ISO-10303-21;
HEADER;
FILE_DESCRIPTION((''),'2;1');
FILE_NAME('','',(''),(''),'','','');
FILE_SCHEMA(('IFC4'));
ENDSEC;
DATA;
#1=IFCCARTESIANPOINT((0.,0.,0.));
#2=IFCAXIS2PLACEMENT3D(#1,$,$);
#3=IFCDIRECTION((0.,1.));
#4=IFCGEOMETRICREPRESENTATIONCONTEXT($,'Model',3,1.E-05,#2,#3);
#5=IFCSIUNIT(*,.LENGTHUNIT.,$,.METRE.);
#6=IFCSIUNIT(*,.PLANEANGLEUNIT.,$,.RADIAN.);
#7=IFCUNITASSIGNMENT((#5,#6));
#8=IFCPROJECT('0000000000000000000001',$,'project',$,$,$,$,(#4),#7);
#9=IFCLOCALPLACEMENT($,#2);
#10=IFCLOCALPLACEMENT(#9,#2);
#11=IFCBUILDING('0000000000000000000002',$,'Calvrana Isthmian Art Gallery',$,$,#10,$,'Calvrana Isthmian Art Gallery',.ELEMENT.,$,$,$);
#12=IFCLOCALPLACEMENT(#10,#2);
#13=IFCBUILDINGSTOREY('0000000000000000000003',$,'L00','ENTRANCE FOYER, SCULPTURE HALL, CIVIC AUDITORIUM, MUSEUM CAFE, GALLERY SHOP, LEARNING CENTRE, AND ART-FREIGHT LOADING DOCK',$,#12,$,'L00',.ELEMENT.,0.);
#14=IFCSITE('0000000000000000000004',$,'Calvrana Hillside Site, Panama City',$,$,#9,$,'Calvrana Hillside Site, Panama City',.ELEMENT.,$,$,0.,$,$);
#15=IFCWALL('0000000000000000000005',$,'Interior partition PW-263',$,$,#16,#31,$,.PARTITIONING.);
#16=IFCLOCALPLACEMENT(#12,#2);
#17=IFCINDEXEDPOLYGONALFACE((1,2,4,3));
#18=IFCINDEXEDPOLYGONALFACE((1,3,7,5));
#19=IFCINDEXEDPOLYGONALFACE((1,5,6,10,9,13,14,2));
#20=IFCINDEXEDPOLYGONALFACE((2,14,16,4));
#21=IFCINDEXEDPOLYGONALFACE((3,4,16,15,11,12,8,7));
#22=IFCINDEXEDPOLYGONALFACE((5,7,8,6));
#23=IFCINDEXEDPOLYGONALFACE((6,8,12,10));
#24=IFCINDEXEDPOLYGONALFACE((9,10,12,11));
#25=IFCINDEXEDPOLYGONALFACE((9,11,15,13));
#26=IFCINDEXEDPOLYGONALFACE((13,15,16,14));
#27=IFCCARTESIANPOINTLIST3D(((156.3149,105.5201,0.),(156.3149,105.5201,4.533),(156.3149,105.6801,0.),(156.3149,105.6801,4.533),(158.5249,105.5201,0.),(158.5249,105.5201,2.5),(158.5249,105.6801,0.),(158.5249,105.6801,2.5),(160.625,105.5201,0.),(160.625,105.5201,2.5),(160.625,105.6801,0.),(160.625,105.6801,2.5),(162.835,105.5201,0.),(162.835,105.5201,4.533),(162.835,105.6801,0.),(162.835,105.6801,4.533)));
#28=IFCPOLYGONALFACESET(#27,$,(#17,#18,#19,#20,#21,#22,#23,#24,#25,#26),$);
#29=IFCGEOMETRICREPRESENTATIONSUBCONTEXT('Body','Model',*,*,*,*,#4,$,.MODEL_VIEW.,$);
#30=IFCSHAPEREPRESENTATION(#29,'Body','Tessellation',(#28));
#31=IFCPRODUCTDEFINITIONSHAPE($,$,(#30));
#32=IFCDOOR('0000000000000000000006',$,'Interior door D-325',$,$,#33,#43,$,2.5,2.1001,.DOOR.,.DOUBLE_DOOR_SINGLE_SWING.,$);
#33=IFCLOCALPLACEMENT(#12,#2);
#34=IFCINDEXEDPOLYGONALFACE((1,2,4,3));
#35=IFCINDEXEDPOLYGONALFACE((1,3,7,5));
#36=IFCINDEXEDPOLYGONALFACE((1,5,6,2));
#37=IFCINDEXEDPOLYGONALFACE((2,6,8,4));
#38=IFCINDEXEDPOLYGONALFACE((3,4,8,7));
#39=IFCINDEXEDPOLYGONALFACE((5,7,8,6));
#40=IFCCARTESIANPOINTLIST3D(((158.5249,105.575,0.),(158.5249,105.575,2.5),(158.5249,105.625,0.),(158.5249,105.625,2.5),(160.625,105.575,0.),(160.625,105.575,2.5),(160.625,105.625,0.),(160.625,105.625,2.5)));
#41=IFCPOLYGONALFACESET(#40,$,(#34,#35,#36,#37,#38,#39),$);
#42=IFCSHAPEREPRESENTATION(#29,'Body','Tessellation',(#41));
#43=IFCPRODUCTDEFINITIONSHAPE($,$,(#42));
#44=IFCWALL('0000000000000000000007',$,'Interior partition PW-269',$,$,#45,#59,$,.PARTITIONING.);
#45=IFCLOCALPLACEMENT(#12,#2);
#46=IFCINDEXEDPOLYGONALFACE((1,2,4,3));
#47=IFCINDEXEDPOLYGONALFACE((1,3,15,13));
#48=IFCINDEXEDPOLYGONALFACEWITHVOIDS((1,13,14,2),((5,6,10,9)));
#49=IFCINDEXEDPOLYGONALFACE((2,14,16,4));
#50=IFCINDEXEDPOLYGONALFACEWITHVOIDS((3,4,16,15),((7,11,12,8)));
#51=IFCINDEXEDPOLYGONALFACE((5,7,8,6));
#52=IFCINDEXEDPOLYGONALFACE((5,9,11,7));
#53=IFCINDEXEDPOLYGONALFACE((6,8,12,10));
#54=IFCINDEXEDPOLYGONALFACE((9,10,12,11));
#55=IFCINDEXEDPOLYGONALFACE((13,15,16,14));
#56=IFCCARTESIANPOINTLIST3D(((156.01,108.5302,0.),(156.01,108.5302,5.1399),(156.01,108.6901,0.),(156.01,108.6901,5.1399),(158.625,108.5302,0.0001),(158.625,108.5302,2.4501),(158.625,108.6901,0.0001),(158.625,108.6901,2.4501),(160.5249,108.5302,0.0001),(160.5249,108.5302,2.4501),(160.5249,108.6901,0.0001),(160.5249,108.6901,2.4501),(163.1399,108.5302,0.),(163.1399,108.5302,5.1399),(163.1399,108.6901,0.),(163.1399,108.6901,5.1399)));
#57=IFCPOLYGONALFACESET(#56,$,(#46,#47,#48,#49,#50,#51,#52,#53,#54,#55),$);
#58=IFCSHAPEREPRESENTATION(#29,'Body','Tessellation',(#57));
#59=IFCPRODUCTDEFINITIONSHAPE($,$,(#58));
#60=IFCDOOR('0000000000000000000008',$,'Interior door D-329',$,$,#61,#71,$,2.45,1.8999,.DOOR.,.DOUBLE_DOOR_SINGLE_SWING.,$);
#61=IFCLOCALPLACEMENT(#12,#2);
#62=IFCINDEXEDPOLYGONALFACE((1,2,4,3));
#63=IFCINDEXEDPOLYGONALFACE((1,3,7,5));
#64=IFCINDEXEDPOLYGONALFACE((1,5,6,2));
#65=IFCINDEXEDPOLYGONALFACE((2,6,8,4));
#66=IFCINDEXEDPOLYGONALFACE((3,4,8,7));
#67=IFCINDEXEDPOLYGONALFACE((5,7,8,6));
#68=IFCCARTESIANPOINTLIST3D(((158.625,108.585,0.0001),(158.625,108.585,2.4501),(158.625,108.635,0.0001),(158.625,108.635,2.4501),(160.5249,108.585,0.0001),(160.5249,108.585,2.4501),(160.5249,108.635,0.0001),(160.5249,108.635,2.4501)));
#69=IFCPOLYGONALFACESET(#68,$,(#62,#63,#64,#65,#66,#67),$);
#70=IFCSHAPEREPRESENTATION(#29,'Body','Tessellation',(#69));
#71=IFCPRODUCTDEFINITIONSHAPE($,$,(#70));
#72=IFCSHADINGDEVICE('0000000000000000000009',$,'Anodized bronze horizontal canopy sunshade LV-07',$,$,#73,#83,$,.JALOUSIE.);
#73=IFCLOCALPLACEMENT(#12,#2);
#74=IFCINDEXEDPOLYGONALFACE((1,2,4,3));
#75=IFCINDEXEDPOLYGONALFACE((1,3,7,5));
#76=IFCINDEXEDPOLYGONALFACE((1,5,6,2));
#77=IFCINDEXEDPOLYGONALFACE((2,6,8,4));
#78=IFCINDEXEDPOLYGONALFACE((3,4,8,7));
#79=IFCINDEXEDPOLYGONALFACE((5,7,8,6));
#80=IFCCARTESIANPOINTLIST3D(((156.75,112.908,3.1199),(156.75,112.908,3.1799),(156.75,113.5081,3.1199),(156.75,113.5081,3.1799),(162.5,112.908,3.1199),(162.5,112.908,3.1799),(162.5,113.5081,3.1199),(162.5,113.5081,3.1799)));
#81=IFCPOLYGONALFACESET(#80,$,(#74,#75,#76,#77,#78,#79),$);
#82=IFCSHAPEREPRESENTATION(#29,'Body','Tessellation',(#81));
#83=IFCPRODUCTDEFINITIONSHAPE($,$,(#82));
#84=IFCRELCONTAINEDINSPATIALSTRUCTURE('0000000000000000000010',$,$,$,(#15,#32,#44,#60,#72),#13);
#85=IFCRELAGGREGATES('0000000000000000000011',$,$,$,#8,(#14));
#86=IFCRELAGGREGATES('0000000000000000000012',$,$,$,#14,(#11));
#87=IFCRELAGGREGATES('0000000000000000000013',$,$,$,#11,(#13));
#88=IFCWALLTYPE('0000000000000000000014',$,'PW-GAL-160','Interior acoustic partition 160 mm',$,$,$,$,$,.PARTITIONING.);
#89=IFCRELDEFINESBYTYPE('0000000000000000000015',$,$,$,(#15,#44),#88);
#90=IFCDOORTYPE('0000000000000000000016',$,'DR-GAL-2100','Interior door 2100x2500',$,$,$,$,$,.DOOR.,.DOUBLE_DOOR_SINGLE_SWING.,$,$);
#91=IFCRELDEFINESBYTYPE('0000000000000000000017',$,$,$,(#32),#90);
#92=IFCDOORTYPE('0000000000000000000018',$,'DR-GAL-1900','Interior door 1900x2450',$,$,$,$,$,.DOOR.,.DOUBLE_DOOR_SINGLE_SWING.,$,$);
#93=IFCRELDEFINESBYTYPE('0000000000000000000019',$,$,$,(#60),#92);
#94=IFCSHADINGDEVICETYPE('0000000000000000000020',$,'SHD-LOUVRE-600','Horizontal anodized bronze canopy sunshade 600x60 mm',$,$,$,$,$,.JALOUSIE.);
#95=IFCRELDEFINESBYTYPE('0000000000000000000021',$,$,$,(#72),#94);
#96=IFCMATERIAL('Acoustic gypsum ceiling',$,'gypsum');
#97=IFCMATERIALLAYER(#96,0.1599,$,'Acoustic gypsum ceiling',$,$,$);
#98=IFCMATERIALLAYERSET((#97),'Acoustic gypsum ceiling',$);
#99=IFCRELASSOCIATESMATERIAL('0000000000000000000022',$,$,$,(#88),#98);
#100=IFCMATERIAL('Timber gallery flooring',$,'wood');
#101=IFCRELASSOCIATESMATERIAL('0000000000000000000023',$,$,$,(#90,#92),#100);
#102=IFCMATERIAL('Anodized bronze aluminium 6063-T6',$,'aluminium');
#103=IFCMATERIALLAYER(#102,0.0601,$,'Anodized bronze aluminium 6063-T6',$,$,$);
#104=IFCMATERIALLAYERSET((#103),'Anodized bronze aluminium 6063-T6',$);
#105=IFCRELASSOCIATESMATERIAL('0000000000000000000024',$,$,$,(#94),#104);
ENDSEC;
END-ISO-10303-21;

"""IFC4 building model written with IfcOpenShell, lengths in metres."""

from ifc_helpers import new_model, si_unit, direction, frame, frame_2d, origin, origin_2d, place, context, subcontext, project, spatial, rectangle, extrude, material, layer, layer_set, type_object, element, fill, save


model = new_model("IFC4")

# Units and contexts
model_context = context("Model", 3, precision=1e-05, world=origin(), true_north=direction((0.0, 1.0)))
body_context = subcontext(model_context, "Body", "Model", "MODEL_VIEW")
ifc_project = project(units=[si_unit("LENGTHUNIT", "METRE"), si_unit("PLANEANGLEUNIT", "RADIAN")], contexts=[model_context])

# Site, building, storey
site_placement = place(None, origin())
site = spatial("IfcSite", under=ifc_project, at=site_placement, Name="Calvrana Hillside Site, Panama City", LongName="Calvrana Hillside Site, Panama City", CompositionType="ELEMENT", RefElevation=0.0)
building_placement = place(site_placement, origin())
building = spatial("IfcBuilding", under=site, at=building_placement, Name="Calvrana Isthmian Art Gallery", LongName="Calvrana Isthmian Art Gallery", CompositionType="ELEMENT")
storey_placement = place(building_placement, origin())
storey = spatial("IfcBuildingStorey", under=building, at=storey_placement, Name="L00", Description="ENTRANCE FOYER, SCULPTURE HALL, CIVIC AUDITORIUM, MUSEUM CAFE, GALLERY SHOP, LEARNING CENTRE, AND ART-FREIGHT LOADING DOCK", LongName="L00", CompositionType="ELEMENT", Elevation=0.0)

# Shared definitions
ifc_material_1 = material(Name="Anodized bronze aluminium 6063-T6", Category="aluminium")

# Walls, openings, doors
ifc_material_2 = material(Name="Acoustic gypsum ceiling", Category="gypsum")
ifc_layer_1 = layer(ifc_material_2, 0.1599, Name="Acoustic gypsum ceiling")
ifc_layer_set_1 = layer_set([ifc_layer_1], Name="Acoustic gypsum ceiling")
wall_type_1 = type_object("IfcWallType", Name="PW-GAL-160", Description="Interior acoustic partition 160 mm", PredefinedType="PARTITIONING", material=ifc_layer_set_1)
wall_1_placement = place(storey_placement, frame((156.3149, 105.6001, 0.0), z_axis=(0.0, 0.0, 1.0), x_axis=(1.0, 0.0, 0.0)))
wall_1 = element("IfcWall", 1, at=wall_1_placement, inside=storey, type_object=wall_type_1, Name="Interior partition PW-263", PredefinedType="PARTITIONING", context=body_context, shape_type="SweptSolid", body=[
    extrude(rectangle(XDim=6.52, YDim=0.1599, at=frame_2d((3.26, 0.0))), origin(), (0.0, 0.0, 1.0), 4.533),
])
opening_1_placement = place(wall_1_placement, frame((2.21, 0.0, 0.0)))
opening_1 = element("IfcOpeningElement", 2, at=opening_1_placement, cuts=wall_1, PredefinedType="OPENING", context=body_context, shape_type="SweptSolid", body=[
    extrude(rectangle(XDim=2.1001, YDim=2.5, at=frame_2d((1.05, 1.25))), frame((0.0, 0.0903, 0.0), z_axis=(0.0, -1.0, 0.0), x_axis=(1.0, 0.0, 0.0)), (0.0, 0.0, 1.0), 0.1804),
])
ifc_material_3 = material(Name="Timber gallery flooring", Category="wood")
door_type_1 = type_object("IfcDoorType", Name="DR-GAL-2100", Description="Interior door 2100x2500", OperationType="DOUBLE_DOOR_SINGLE_SWING", PredefinedType="DOOR", material=ifc_material_3)
door_1_placement = place(opening_1_placement, origin())
door_1 = element("IfcDoor", 3, at=door_1_placement, inside=storey, type_object=door_type_1, Name="Interior door D-325", OperationType="DOUBLE_DOOR_SINGLE_SWING", OverallHeight=2.5, OverallWidth=2.1001, PredefinedType="DOOR", context=body_context, shape_type="SweptSolid", body=[
    extrude(rectangle(XDim=2.1001, YDim=2.5, at=frame_2d((1.05, 1.25))), frame((0.0, 0.0249, 0.0), z_axis=(0.0, -1.0, 0.0), x_axis=(1.0, 0.0, 0.0)), (0.0, 0.0, 1.0), 0.05),
])
fill(opening_1, door_1)
wall_2_placement = place(storey_placement, frame((156.01, 108.6101, 0.0), z_axis=(0.0, 0.0, 1.0), x_axis=(1.0, 0.0, 0.0)))
wall_2 = element("IfcWall", 4, at=wall_2_placement, inside=storey, type_object=wall_type_1, Name="Interior partition PW-269", PredefinedType="PARTITIONING", context=body_context, shape_type="SweptSolid", body=[
    extrude(rectangle(XDim=7.1299, YDim=0.1599, at=frame_2d((3.5649, 0.0))), origin(), (0.0, 0.0, 1.0), 5.1399),
])
opening_2_placement = place(wall_2_placement, frame((2.615, 0.0, 0.0)))
opening_2 = element("IfcOpeningElement", 5, at=opening_2_placement, cuts=wall_2, PredefinedType="OPENING", context=body_context, shape_type="SweptSolid", body=[
    extrude(rectangle(XDim=1.8999, YDim=2.45, at=frame_2d((0.95, 1.2251))), frame((0.0, 0.0903, 0.0), z_axis=(0.0, -1.0, 0.0), x_axis=(1.0, 0.0, 0.0)), (0.0, 0.0, 1.0), 0.1804),
])
door_type_2 = type_object("IfcDoorType", Name="DR-GAL-1900", Description="Interior door 1900x2450", OperationType="DOUBLE_DOOR_SINGLE_SWING", PredefinedType="DOOR", material=ifc_material_3)
door_2_placement = place(opening_2_placement, origin())
door_2 = element("IfcDoor", 6, at=door_2_placement, inside=storey, type_object=door_type_2, Name="Interior door D-329", OperationType="DOUBLE_DOOR_SINGLE_SWING", OverallHeight=2.45, OverallWidth=1.8999, PredefinedType="DOOR", context=body_context, shape_type="SweptSolid", body=[
    extrude(rectangle(XDim=1.8999, YDim=2.45, at=frame_2d((0.95, 1.2251))), frame((0.0, 0.0249, 0.0), z_axis=(0.0, -1.0, 0.0), x_axis=(1.0, 0.0, 0.0)), (0.0, 0.0, 1.0), 0.05),
])
fill(opening_2, door_2)

# Shading device
ifc_layer_2 = layer(ifc_material_1, 0.0601, Name="Anodized bronze aluminium 6063-T6")
ifc_layer_set_2 = layer_set([ifc_layer_2], Name="Anodized bronze aluminium 6063-T6")
shading_device_type = type_object("IfcShadingDeviceType", Name="SHD-LOUVRE-600", Description="Horizontal anodized bronze canopy sunshade 600x60 mm", PredefinedType="JALOUSIE", material=ifc_layer_set_2)
shading_device_placement = place(storey_placement, frame((159.625, 113.208, 3.1199), z_axis=(0.0, 0.0, 1.0), x_axis=(1.0, 0.0, 0.0)))
element("IfcShadingDevice", 7, at=shading_device_placement, inside=storey, type_object=shading_device_type, Name="Anodized bronze horizontal canopy sunshade LV-07", PredefinedType="JALOUSIE", context=body_context, shape_type="SweptSolid", body=[
    extrude(rectangle(XDim=5.75, YDim=0.6001, at=origin_2d()), origin(), (0.0, 0.0, 1.0), 0.0601),
])

save(model, "model.ifc")
